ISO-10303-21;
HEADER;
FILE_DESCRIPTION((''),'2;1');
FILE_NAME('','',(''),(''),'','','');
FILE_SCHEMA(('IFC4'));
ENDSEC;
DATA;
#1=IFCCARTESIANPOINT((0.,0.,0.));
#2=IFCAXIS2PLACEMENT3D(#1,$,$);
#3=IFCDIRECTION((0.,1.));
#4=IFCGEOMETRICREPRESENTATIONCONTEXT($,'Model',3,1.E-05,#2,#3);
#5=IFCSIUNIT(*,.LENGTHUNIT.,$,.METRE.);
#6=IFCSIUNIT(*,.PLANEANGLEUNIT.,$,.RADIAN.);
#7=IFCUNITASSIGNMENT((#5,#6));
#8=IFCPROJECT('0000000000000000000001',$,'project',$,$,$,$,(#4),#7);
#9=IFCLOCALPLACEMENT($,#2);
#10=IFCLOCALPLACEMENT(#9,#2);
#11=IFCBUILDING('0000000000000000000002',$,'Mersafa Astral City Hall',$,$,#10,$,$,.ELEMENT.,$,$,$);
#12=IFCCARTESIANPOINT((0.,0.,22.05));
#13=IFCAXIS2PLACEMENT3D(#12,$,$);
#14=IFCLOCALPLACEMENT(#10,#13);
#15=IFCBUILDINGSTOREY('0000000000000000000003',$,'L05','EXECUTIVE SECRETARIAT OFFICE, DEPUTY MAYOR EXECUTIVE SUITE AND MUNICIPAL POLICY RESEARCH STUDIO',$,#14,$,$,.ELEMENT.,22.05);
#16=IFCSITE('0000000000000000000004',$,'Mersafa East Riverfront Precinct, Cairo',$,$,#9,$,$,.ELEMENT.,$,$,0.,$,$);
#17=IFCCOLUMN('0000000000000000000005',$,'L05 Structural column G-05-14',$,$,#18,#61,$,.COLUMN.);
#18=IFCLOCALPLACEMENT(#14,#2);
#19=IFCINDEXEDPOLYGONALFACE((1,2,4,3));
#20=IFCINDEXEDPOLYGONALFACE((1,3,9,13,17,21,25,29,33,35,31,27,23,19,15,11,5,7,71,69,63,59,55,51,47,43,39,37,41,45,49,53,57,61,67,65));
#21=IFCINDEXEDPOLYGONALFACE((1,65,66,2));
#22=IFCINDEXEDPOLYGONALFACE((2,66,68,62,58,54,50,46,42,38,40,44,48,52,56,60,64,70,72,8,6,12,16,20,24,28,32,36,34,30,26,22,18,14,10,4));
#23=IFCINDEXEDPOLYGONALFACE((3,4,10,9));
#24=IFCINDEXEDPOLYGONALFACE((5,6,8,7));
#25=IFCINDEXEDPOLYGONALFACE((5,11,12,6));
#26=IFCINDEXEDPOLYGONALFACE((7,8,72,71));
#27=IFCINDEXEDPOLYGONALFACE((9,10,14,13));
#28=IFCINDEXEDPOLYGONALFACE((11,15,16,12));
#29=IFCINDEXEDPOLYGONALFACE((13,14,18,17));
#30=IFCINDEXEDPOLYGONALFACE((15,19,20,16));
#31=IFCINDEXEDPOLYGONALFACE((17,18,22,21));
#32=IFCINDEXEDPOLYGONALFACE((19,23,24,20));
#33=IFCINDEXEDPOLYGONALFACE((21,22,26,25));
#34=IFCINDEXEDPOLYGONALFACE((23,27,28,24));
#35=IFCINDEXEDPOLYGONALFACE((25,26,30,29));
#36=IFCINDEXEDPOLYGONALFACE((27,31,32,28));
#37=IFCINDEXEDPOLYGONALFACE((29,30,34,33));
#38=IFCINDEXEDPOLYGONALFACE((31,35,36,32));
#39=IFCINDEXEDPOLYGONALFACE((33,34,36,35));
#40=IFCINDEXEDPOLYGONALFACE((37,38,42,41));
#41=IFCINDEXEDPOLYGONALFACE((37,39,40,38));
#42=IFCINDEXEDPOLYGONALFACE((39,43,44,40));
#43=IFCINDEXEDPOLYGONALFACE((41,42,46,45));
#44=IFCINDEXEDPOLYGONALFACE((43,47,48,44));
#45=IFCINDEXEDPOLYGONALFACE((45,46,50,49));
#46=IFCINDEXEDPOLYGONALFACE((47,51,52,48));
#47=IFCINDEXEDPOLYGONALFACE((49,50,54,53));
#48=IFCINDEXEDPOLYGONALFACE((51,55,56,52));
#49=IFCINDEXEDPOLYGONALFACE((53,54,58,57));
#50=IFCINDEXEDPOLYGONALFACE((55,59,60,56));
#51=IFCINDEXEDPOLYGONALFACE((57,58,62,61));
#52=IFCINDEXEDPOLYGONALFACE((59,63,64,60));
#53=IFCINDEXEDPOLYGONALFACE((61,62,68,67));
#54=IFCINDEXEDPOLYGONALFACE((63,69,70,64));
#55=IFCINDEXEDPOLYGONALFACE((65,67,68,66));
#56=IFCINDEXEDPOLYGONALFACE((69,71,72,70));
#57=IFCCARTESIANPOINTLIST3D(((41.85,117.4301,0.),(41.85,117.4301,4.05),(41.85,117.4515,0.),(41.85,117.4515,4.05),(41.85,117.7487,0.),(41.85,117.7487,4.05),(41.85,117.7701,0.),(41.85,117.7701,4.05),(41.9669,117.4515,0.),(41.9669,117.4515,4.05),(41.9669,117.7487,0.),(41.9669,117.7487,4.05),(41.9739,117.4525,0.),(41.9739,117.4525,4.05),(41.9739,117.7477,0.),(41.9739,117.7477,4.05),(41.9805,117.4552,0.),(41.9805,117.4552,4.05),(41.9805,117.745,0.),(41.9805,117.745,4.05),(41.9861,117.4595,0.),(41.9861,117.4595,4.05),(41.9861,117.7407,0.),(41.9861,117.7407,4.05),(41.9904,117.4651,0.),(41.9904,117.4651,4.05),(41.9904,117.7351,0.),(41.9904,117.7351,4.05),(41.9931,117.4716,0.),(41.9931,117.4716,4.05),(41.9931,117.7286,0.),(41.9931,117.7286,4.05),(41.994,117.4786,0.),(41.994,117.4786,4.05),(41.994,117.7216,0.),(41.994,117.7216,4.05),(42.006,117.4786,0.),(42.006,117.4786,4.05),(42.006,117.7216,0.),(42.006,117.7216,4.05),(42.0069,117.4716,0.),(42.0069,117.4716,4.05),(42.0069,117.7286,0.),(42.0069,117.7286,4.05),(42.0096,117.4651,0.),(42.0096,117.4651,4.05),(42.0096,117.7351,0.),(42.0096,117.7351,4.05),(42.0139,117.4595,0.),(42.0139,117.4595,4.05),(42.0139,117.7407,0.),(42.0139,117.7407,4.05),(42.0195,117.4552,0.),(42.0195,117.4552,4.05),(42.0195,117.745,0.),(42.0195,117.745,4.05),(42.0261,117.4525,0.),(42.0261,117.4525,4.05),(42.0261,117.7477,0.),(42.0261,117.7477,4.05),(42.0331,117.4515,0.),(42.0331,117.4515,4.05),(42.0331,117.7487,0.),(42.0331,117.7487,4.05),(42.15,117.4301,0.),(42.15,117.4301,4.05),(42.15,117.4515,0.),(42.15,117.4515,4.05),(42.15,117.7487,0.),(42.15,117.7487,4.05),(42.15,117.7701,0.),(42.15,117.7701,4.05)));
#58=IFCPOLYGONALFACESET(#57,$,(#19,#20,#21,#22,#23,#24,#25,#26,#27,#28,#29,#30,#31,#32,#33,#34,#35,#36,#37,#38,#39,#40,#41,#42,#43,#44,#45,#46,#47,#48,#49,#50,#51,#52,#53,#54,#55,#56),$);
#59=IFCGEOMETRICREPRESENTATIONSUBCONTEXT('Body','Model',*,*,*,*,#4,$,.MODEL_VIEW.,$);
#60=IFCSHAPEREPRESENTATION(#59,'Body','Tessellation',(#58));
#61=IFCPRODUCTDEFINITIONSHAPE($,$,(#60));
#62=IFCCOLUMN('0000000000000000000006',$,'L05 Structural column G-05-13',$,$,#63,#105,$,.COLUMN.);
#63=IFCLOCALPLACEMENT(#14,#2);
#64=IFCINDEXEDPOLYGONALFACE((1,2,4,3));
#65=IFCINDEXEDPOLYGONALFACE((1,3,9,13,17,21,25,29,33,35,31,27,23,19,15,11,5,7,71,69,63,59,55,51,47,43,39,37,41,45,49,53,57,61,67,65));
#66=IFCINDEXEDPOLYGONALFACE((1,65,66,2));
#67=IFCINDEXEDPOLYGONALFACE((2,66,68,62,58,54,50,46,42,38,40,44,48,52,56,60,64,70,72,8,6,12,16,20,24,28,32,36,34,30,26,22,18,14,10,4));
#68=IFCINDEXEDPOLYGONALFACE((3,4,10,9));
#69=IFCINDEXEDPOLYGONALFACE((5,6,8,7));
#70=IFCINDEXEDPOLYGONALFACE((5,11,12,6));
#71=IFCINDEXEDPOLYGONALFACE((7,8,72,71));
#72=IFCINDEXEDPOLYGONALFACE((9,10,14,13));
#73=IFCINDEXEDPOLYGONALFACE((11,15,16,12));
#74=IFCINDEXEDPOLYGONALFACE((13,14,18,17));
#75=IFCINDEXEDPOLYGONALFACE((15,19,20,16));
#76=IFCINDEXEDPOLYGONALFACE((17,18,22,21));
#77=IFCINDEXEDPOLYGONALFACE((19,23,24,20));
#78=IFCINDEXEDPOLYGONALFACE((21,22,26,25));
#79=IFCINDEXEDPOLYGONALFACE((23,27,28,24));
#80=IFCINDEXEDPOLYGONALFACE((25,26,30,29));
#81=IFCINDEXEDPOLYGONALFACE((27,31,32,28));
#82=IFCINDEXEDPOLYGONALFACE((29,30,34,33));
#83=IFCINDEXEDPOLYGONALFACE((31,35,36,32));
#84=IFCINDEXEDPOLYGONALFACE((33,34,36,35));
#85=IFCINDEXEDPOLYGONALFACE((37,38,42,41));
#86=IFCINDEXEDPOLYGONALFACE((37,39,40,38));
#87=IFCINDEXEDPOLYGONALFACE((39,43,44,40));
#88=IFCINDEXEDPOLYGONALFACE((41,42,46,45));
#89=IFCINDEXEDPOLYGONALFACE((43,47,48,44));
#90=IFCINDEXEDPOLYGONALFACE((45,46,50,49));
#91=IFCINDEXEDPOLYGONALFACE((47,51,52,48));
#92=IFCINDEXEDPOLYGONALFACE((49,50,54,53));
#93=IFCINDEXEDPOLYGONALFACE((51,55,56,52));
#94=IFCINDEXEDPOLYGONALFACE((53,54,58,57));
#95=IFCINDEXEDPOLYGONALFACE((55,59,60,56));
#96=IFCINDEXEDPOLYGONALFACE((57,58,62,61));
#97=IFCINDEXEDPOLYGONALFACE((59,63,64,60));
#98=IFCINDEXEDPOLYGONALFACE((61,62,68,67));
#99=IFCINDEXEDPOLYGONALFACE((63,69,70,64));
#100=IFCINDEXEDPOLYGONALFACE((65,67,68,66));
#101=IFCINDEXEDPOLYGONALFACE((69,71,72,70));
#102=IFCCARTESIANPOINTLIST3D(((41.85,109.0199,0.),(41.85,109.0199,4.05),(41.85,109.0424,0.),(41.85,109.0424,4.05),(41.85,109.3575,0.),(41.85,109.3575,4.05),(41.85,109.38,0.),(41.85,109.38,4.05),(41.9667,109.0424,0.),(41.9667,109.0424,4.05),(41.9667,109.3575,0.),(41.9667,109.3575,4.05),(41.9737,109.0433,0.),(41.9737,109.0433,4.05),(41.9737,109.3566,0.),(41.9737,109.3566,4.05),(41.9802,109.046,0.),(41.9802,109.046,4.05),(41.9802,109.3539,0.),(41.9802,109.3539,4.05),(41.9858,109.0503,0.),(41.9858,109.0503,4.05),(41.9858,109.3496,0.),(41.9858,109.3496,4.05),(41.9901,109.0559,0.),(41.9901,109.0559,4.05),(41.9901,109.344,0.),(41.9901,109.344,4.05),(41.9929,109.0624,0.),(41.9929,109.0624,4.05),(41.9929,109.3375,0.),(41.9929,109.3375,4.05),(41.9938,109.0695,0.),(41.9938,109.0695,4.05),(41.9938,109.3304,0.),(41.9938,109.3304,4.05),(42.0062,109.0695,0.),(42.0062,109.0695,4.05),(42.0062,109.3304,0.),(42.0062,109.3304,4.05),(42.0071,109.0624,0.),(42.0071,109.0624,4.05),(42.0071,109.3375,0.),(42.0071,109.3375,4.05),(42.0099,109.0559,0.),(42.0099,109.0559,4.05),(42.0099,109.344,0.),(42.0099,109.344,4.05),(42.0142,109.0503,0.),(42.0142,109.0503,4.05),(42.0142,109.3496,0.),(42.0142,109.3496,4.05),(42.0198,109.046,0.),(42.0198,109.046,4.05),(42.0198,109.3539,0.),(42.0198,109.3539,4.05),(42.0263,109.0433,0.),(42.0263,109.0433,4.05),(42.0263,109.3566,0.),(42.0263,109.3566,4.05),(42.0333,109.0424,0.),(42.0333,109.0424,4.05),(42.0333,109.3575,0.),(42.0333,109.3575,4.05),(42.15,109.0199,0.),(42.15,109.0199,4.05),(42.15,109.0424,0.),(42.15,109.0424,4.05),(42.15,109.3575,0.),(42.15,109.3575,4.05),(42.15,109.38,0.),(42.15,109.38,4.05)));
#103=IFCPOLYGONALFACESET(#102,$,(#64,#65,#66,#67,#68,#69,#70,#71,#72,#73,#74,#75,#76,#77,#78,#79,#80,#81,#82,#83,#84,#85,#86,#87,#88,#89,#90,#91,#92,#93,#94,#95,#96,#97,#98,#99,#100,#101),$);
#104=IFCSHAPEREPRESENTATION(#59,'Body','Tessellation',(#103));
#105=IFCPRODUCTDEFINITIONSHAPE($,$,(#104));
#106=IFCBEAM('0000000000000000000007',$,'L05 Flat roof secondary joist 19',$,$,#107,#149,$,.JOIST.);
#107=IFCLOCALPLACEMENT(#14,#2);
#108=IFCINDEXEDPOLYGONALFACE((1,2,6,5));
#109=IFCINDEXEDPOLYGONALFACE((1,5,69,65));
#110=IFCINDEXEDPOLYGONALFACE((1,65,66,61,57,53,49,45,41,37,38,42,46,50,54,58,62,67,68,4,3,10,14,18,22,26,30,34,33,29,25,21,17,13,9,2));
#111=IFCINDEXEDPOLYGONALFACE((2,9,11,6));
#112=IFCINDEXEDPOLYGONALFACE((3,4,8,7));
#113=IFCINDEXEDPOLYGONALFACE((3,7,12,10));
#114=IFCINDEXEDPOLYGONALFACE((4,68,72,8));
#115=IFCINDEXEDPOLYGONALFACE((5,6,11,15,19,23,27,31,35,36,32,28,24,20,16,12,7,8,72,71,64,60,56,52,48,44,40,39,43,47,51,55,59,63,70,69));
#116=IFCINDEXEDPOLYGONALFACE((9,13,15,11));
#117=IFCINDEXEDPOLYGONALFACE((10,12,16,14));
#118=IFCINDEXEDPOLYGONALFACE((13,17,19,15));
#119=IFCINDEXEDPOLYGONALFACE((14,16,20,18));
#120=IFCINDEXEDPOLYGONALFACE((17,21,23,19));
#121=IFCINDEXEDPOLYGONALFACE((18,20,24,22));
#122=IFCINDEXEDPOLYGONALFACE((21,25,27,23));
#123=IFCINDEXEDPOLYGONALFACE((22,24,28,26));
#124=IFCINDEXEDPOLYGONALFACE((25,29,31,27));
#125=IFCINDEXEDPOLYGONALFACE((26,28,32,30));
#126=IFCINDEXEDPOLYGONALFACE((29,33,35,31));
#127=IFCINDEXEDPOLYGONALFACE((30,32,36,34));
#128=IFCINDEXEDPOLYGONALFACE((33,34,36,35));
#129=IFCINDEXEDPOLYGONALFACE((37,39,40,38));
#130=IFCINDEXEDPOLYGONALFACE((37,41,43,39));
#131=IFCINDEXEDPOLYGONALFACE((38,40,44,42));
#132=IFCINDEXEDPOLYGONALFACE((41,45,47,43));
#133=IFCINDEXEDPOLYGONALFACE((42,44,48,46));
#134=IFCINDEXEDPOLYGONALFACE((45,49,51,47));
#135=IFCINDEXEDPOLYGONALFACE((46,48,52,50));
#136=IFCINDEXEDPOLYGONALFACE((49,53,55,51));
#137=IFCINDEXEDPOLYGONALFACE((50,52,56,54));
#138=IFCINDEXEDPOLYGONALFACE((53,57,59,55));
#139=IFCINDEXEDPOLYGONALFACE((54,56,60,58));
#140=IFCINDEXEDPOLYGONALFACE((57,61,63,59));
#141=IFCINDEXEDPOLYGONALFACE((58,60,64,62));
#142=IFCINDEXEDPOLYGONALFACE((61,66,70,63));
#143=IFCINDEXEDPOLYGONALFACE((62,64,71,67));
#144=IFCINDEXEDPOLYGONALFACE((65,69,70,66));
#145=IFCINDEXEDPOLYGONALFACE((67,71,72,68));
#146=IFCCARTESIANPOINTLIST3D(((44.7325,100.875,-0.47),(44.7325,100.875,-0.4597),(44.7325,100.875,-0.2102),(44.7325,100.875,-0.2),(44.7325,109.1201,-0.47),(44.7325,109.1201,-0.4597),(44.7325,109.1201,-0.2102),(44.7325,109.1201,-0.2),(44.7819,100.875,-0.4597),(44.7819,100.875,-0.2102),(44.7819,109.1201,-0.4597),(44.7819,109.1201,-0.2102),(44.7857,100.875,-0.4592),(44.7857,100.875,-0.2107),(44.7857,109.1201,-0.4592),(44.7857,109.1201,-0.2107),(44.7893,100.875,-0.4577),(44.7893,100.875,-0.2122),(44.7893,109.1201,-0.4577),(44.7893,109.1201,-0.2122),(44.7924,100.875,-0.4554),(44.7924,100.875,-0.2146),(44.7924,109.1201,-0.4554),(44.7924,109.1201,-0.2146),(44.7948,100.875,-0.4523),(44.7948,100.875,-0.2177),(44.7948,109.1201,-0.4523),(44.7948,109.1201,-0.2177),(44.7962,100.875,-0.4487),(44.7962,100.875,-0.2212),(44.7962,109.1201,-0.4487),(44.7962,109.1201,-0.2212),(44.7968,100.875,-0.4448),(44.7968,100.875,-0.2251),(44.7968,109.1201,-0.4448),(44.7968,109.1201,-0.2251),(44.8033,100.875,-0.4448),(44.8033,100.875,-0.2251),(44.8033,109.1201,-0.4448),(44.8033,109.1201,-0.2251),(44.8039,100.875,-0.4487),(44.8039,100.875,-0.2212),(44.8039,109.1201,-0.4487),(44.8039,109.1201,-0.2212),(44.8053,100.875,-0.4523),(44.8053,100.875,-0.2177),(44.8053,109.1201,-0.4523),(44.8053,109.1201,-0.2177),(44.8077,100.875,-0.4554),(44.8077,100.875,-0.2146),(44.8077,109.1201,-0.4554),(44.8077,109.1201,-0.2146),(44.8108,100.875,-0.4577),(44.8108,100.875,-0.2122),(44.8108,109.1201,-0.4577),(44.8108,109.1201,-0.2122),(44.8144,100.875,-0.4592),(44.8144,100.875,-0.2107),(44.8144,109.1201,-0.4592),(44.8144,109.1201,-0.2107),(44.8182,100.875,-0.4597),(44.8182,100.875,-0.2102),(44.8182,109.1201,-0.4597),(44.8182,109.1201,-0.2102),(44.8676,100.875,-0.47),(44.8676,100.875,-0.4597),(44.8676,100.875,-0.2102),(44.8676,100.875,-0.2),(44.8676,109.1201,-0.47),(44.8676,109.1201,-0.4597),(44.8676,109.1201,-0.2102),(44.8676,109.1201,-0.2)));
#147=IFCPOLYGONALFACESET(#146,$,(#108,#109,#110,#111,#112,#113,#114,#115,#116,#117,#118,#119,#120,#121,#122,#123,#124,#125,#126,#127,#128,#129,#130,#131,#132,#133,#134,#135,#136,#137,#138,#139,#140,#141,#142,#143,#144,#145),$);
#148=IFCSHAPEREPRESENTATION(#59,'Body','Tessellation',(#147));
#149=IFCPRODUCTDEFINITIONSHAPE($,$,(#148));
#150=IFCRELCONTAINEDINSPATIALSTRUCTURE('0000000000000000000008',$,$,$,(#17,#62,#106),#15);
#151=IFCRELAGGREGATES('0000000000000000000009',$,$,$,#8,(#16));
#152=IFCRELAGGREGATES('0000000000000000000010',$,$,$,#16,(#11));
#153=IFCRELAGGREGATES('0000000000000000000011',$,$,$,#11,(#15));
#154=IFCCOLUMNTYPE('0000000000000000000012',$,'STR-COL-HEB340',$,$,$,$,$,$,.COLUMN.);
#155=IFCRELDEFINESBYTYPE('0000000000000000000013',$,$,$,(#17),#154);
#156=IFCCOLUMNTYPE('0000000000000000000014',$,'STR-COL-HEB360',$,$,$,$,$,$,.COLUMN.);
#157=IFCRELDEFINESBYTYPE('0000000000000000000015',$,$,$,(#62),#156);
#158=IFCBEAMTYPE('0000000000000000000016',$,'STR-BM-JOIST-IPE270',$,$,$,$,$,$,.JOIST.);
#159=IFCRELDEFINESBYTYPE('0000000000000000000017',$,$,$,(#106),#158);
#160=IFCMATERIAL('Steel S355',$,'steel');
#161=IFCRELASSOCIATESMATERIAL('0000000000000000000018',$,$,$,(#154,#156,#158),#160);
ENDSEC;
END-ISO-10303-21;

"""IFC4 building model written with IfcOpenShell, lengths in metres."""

from ifc_helpers import new_model, si_unit, direction, frame, origin, origin_2d, place, context, subcontext, project, spatial, i_section, extrude, material, material_profile, profile_set, type_object, element, save


model = new_model("IFC4")

# Units and contexts
model_context = context("Model", 3, precision=1e-05, world=origin(), true_north=direction((0.0, 1.0)))
body_context = subcontext(model_context, "Body", "Model", "MODEL_VIEW")
ifc_project = project(units=[si_unit("LENGTHUNIT", "METRE"), si_unit("PLANEANGLEUNIT", "RADIAN")], contexts=[model_context])

# Site, building, storey
site_placement = place(None, origin())
site = spatial("IfcSite", under=ifc_project, at=site_placement, Name="Mersafa East Riverfront Precinct, Cairo", CompositionType="ELEMENT", RefElevation=0.0)
building_placement = place(site_placement, origin())
building = spatial("IfcBuilding", under=site, at=building_placement, Name="Mersafa Astral City Hall", CompositionType="ELEMENT")
storey_placement = place(building_placement, frame((0.0, 0.0, 22.05)))
storey = spatial("IfcBuildingStorey", under=building, at=storey_placement, Name="L05", Description="EXECUTIVE SECRETARIAT OFFICE, DEPUTY MAYOR EXECUTIVE SUITE AND MUNICIPAL POLICY RESEARCH STUDIO", CompositionType="ELEMENT", Elevation=22.05)

# Columns
ifc_material_1 = material(Name="Steel S355", Category="steel")
ifc_material_profile_1 = material_profile(ifc_material_1, i_section(OverallWidth=0.3, OverallDepth=0.3401, WebThickness=0.012, FlangeThickness=0.0215, FilletRadius=0.0271, at=origin_2d()), Name="HEB 340")
ifc_profile_set_1 = profile_set([ifc_material_profile_1], Name="Steel S355")
column_type_1 = type_object("IfcColumnType", Name="STR-COL-HEB340", PredefinedType="COLUMN", material=ifc_profile_set_1)
column_1_placement = place(storey_placement, frame((42.0, 117.6001, 0.0), z_axis=(0.0, 0.0, 1.0), x_axis=(1.0, 0.0, 0.0)))
element("IfcColumn", 1, at=column_1_placement, inside=storey, type_object=column_type_1, Name="L05 Structural column G-05-14", PredefinedType="COLUMN", context=body_context, shape_type="SweptSolid", body=[
    extrude(i_section(OverallWidth=0.3, OverallDepth=0.3401, WebThickness=0.012, FlangeThickness=0.0215, FilletRadius=0.0271, at=origin_2d()), origin(), (0.0, 0.0, 1.0), 4.05),
])
ifc_material_profile_2 = material_profile(ifc_material_1, i_section(OverallWidth=0.3, OverallDepth=0.3601, WebThickness=0.0125, FlangeThickness=0.0225, FilletRadius=0.0271, at=origin_2d()), Name="HEB 360")
ifc_profile_set_2 = profile_set([ifc_material_profile_2], Name="Steel S355")
column_type_2 = type_object("IfcColumnType", Name="STR-COL-HEB360", PredefinedType="COLUMN", material=ifc_profile_set_2)
column_2_placement = place(storey_placement, frame((42.0, 109.2, 0.0), z_axis=(0.0, 0.0, 1.0), x_axis=(1.0, 0.0, 0.0)))
element("IfcColumn", 2, at=column_2_placement, inside=storey, type_object=column_type_2, Name="L05 Structural column G-05-13", PredefinedType="COLUMN", context=body_context, shape_type="SweptSolid", body=[
    extrude(i_section(OverallWidth=0.3, OverallDepth=0.3601, WebThickness=0.0125, FlangeThickness=0.0225, FilletRadius=0.0271, at=origin_2d()), origin(), (0.0, 0.0, 1.0), 4.05),
])

# Beam
ifc_material_profile_3 = material_profile(ifc_material_1, i_section(OverallWidth=0.135, OverallDepth=0.27, WebThickness=0.0066, FlangeThickness=0.0103, FilletRadius=0.0149, at=origin_2d()), Name="IPE 270")
ifc_profile_set_3 = profile_set([ifc_material_profile_3], Name="Steel S355")
beam_type_1 = type_object("IfcBeamType", Name="STR-BM-JOIST-IPE270", PredefinedType="JOIST", material=ifc_profile_set_3)
beam_1_placement = place(storey_placement, frame((44.8, 100.875, -0.335), z_axis=(0.0, 1.0, 0.0), x_axis=(-1.0, 0.0, 0.0)))
element("IfcBeam", 3, at=beam_1_placement, inside=storey, type_object=beam_type_1, Name="L05 Flat roof secondary joist 19", PredefinedType="JOIST", context=body_context, shape_type="SweptSolid", body=[
    extrude(i_section(OverallWidth=0.135, OverallDepth=0.27, WebThickness=0.0066, FlangeThickness=0.0103, FilletRadius=0.0149, at=origin_2d()), origin(), (0.0, 0.0, 1.0), 8.2451),
])

save(model, "model.ifc")
